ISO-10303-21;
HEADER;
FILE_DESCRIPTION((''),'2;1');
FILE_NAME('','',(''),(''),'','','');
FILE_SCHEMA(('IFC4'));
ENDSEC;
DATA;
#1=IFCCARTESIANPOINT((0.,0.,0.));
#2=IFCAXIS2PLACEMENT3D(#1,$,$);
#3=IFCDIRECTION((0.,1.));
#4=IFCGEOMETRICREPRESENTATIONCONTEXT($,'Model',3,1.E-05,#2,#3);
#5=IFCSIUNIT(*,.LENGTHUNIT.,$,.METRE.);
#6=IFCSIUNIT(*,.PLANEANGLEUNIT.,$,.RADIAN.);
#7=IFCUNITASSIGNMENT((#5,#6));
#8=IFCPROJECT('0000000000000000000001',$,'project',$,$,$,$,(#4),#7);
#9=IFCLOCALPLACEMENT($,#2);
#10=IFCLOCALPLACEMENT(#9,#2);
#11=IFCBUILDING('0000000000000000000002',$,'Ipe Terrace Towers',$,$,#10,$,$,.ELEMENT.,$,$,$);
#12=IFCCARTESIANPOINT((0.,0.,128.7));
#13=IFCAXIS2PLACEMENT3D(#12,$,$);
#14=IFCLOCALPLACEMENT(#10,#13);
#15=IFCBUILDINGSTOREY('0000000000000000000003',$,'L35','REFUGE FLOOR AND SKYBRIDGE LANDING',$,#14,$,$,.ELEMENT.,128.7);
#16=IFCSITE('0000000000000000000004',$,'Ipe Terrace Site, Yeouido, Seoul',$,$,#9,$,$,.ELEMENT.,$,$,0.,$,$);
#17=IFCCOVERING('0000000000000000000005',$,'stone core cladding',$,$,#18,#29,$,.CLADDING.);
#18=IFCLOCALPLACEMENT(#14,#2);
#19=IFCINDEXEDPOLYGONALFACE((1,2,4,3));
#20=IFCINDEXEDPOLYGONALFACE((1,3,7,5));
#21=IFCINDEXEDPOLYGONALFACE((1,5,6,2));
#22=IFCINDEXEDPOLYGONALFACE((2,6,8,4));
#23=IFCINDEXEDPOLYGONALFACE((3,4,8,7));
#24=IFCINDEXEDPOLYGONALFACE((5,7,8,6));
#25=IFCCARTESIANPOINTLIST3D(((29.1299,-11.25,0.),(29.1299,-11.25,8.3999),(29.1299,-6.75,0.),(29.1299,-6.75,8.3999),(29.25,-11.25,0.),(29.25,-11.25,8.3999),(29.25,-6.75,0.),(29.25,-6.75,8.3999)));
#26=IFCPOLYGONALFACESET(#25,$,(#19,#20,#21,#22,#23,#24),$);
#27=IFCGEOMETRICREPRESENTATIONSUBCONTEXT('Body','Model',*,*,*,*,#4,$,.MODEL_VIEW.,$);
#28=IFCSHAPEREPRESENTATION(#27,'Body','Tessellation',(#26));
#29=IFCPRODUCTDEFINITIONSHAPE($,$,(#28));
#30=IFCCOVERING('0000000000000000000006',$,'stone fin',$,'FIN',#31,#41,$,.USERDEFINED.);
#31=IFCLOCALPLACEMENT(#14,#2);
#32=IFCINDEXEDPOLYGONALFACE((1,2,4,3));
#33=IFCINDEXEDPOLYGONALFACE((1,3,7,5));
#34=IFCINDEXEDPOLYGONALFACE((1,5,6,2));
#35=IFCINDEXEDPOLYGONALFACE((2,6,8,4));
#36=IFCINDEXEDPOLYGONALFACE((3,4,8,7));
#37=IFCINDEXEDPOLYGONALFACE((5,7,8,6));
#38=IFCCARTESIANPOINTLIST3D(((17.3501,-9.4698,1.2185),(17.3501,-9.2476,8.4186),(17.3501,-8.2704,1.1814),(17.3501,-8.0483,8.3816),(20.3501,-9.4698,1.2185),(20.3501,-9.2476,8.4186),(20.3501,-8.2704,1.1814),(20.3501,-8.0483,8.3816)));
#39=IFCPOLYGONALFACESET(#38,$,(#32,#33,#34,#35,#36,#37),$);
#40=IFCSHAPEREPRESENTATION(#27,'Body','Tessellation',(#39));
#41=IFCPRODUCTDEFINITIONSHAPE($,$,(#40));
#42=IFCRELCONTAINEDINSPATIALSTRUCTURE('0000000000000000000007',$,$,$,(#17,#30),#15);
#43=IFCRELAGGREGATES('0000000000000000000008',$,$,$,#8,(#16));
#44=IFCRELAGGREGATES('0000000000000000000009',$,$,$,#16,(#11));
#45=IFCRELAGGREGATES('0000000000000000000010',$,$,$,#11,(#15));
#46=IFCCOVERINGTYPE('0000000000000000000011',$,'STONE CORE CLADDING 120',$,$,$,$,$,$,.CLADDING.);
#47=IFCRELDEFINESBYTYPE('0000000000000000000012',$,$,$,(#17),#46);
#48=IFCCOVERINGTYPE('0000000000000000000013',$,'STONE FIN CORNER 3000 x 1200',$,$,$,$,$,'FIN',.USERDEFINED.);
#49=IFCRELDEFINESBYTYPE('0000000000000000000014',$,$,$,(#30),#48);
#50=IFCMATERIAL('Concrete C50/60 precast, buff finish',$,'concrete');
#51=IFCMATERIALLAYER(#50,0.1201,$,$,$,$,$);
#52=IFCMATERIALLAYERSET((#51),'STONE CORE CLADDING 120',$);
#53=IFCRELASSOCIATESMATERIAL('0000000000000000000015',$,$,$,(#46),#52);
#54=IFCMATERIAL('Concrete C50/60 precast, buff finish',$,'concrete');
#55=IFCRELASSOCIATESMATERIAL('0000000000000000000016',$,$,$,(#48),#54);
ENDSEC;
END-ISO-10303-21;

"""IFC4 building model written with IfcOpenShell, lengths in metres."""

from ifc_helpers import new_model, si_unit, direction, frame, origin, origin_2d, place, context, subcontext, project, spatial, rectangle, extrude, material, layer, layer_set, material_profile, profile_set, type_object, element, save


model = new_model("IFC4")

# Units and contexts
model_context = context("Model", 3, precision=1e-05, world=origin(), true_north=direction((0.0, 1.0)))
body_context = subcontext(model_context, "Body", "Model", "MODEL_VIEW")
ifc_project = project(units=[si_unit("LENGTHUNIT", "METRE"), si_unit("PLANEANGLEUNIT", "RADIAN")], contexts=[model_context])

# Site, building, storey
site_placement = place(None, origin())
site = spatial("IfcSite", under=ifc_project, at=site_placement, Name="Ipe Terrace Site, Yeouido, Seoul", CompositionType="ELEMENT", RefElevation=0.0)
building_placement = place(site_placement, origin())
building = spatial("IfcBuilding", under=site, at=building_placement, Name="Ipe Terrace Towers", CompositionType="ELEMENT")
storey_placement = place(building_placement, frame((0.0, 0.0, 128.7)))
storey = spatial("IfcBuildingStorey", under=building, at=storey_placement, Name="L35", Description="REFUGE FLOOR AND SKYBRIDGE LANDING", CompositionType="ELEMENT", Elevation=128.7)

# Coverings
ifc_material_1 = material(Name="Concrete C50/60 precast, buff finish", Category="concrete")
ifc_layer_1 = layer(ifc_material_1, 0.1201)
ifc_layer_set_1 = layer_set([ifc_layer_1], Name="STONE CORE CLADDING 120")
covering_type_1 = type_object("IfcCoveringType", Name="STONE CORE CLADDING 120", PredefinedType="CLADDING", material=ifc_layer_set_1)
covering_1_placement = place(storey_placement, frame((29.1899, -9.0, 0.0), z_axis=(0.0, 0.0, 1.0), x_axis=(0.0, -1.0, 0.0)))
element("IfcCovering", 1, at=covering_1_placement, inside=storey, type_object=covering_type_1, Name="stone core cladding", PredefinedType="CLADDING", context=body_context, shape_type="SweptSolid", body=[
    extrude(rectangle(XDim=4.5, YDim=0.1201, at=origin_2d()), origin(), (0.0, 0.0, 1.0), 8.3999),
])
ifc_material_2 = material(Name="Concrete C50/60 precast, buff finish", Category="concrete")
ifc_material_profile_1 = material_profile(ifc_material_2, rectangle(XDim=3.0, YDim=1.2, at=origin_2d()), Name="STONE FIN CORNER 3000 x 1200")
ifc_profile_set_1 = profile_set([ifc_material_profile_1], Name="Concrete C50/60 precast, buff finish")
covering_type_2 = type_object("IfcCoveringType", Name="STONE FIN CORNER 3000 x 1200", ElementType="FIN", PredefinedType="USERDEFINED", material=ifc_profile_set_1)
covering_2_placement = place(storey_placement, frame((18.8501, -8.8701, 1.2), z_axis=(0.0, 0.030841, 0.999524), x_axis=(1.0, 0.0, 0.0)))
element("IfcCovering", 2, at=covering_2_placement, inside=storey, type_object=covering_type_2, Name="stone fin", ObjectType="FIN", PredefinedType="USERDEFINED", context=body_context, shape_type="SweptSolid", body=[
    extrude(rectangle(XDim=3.0, YDim=1.2, at=origin_2d()), origin(), (0.0, 0.0, 1.0), 7.2036),
])

save(model, "model.ifc")
